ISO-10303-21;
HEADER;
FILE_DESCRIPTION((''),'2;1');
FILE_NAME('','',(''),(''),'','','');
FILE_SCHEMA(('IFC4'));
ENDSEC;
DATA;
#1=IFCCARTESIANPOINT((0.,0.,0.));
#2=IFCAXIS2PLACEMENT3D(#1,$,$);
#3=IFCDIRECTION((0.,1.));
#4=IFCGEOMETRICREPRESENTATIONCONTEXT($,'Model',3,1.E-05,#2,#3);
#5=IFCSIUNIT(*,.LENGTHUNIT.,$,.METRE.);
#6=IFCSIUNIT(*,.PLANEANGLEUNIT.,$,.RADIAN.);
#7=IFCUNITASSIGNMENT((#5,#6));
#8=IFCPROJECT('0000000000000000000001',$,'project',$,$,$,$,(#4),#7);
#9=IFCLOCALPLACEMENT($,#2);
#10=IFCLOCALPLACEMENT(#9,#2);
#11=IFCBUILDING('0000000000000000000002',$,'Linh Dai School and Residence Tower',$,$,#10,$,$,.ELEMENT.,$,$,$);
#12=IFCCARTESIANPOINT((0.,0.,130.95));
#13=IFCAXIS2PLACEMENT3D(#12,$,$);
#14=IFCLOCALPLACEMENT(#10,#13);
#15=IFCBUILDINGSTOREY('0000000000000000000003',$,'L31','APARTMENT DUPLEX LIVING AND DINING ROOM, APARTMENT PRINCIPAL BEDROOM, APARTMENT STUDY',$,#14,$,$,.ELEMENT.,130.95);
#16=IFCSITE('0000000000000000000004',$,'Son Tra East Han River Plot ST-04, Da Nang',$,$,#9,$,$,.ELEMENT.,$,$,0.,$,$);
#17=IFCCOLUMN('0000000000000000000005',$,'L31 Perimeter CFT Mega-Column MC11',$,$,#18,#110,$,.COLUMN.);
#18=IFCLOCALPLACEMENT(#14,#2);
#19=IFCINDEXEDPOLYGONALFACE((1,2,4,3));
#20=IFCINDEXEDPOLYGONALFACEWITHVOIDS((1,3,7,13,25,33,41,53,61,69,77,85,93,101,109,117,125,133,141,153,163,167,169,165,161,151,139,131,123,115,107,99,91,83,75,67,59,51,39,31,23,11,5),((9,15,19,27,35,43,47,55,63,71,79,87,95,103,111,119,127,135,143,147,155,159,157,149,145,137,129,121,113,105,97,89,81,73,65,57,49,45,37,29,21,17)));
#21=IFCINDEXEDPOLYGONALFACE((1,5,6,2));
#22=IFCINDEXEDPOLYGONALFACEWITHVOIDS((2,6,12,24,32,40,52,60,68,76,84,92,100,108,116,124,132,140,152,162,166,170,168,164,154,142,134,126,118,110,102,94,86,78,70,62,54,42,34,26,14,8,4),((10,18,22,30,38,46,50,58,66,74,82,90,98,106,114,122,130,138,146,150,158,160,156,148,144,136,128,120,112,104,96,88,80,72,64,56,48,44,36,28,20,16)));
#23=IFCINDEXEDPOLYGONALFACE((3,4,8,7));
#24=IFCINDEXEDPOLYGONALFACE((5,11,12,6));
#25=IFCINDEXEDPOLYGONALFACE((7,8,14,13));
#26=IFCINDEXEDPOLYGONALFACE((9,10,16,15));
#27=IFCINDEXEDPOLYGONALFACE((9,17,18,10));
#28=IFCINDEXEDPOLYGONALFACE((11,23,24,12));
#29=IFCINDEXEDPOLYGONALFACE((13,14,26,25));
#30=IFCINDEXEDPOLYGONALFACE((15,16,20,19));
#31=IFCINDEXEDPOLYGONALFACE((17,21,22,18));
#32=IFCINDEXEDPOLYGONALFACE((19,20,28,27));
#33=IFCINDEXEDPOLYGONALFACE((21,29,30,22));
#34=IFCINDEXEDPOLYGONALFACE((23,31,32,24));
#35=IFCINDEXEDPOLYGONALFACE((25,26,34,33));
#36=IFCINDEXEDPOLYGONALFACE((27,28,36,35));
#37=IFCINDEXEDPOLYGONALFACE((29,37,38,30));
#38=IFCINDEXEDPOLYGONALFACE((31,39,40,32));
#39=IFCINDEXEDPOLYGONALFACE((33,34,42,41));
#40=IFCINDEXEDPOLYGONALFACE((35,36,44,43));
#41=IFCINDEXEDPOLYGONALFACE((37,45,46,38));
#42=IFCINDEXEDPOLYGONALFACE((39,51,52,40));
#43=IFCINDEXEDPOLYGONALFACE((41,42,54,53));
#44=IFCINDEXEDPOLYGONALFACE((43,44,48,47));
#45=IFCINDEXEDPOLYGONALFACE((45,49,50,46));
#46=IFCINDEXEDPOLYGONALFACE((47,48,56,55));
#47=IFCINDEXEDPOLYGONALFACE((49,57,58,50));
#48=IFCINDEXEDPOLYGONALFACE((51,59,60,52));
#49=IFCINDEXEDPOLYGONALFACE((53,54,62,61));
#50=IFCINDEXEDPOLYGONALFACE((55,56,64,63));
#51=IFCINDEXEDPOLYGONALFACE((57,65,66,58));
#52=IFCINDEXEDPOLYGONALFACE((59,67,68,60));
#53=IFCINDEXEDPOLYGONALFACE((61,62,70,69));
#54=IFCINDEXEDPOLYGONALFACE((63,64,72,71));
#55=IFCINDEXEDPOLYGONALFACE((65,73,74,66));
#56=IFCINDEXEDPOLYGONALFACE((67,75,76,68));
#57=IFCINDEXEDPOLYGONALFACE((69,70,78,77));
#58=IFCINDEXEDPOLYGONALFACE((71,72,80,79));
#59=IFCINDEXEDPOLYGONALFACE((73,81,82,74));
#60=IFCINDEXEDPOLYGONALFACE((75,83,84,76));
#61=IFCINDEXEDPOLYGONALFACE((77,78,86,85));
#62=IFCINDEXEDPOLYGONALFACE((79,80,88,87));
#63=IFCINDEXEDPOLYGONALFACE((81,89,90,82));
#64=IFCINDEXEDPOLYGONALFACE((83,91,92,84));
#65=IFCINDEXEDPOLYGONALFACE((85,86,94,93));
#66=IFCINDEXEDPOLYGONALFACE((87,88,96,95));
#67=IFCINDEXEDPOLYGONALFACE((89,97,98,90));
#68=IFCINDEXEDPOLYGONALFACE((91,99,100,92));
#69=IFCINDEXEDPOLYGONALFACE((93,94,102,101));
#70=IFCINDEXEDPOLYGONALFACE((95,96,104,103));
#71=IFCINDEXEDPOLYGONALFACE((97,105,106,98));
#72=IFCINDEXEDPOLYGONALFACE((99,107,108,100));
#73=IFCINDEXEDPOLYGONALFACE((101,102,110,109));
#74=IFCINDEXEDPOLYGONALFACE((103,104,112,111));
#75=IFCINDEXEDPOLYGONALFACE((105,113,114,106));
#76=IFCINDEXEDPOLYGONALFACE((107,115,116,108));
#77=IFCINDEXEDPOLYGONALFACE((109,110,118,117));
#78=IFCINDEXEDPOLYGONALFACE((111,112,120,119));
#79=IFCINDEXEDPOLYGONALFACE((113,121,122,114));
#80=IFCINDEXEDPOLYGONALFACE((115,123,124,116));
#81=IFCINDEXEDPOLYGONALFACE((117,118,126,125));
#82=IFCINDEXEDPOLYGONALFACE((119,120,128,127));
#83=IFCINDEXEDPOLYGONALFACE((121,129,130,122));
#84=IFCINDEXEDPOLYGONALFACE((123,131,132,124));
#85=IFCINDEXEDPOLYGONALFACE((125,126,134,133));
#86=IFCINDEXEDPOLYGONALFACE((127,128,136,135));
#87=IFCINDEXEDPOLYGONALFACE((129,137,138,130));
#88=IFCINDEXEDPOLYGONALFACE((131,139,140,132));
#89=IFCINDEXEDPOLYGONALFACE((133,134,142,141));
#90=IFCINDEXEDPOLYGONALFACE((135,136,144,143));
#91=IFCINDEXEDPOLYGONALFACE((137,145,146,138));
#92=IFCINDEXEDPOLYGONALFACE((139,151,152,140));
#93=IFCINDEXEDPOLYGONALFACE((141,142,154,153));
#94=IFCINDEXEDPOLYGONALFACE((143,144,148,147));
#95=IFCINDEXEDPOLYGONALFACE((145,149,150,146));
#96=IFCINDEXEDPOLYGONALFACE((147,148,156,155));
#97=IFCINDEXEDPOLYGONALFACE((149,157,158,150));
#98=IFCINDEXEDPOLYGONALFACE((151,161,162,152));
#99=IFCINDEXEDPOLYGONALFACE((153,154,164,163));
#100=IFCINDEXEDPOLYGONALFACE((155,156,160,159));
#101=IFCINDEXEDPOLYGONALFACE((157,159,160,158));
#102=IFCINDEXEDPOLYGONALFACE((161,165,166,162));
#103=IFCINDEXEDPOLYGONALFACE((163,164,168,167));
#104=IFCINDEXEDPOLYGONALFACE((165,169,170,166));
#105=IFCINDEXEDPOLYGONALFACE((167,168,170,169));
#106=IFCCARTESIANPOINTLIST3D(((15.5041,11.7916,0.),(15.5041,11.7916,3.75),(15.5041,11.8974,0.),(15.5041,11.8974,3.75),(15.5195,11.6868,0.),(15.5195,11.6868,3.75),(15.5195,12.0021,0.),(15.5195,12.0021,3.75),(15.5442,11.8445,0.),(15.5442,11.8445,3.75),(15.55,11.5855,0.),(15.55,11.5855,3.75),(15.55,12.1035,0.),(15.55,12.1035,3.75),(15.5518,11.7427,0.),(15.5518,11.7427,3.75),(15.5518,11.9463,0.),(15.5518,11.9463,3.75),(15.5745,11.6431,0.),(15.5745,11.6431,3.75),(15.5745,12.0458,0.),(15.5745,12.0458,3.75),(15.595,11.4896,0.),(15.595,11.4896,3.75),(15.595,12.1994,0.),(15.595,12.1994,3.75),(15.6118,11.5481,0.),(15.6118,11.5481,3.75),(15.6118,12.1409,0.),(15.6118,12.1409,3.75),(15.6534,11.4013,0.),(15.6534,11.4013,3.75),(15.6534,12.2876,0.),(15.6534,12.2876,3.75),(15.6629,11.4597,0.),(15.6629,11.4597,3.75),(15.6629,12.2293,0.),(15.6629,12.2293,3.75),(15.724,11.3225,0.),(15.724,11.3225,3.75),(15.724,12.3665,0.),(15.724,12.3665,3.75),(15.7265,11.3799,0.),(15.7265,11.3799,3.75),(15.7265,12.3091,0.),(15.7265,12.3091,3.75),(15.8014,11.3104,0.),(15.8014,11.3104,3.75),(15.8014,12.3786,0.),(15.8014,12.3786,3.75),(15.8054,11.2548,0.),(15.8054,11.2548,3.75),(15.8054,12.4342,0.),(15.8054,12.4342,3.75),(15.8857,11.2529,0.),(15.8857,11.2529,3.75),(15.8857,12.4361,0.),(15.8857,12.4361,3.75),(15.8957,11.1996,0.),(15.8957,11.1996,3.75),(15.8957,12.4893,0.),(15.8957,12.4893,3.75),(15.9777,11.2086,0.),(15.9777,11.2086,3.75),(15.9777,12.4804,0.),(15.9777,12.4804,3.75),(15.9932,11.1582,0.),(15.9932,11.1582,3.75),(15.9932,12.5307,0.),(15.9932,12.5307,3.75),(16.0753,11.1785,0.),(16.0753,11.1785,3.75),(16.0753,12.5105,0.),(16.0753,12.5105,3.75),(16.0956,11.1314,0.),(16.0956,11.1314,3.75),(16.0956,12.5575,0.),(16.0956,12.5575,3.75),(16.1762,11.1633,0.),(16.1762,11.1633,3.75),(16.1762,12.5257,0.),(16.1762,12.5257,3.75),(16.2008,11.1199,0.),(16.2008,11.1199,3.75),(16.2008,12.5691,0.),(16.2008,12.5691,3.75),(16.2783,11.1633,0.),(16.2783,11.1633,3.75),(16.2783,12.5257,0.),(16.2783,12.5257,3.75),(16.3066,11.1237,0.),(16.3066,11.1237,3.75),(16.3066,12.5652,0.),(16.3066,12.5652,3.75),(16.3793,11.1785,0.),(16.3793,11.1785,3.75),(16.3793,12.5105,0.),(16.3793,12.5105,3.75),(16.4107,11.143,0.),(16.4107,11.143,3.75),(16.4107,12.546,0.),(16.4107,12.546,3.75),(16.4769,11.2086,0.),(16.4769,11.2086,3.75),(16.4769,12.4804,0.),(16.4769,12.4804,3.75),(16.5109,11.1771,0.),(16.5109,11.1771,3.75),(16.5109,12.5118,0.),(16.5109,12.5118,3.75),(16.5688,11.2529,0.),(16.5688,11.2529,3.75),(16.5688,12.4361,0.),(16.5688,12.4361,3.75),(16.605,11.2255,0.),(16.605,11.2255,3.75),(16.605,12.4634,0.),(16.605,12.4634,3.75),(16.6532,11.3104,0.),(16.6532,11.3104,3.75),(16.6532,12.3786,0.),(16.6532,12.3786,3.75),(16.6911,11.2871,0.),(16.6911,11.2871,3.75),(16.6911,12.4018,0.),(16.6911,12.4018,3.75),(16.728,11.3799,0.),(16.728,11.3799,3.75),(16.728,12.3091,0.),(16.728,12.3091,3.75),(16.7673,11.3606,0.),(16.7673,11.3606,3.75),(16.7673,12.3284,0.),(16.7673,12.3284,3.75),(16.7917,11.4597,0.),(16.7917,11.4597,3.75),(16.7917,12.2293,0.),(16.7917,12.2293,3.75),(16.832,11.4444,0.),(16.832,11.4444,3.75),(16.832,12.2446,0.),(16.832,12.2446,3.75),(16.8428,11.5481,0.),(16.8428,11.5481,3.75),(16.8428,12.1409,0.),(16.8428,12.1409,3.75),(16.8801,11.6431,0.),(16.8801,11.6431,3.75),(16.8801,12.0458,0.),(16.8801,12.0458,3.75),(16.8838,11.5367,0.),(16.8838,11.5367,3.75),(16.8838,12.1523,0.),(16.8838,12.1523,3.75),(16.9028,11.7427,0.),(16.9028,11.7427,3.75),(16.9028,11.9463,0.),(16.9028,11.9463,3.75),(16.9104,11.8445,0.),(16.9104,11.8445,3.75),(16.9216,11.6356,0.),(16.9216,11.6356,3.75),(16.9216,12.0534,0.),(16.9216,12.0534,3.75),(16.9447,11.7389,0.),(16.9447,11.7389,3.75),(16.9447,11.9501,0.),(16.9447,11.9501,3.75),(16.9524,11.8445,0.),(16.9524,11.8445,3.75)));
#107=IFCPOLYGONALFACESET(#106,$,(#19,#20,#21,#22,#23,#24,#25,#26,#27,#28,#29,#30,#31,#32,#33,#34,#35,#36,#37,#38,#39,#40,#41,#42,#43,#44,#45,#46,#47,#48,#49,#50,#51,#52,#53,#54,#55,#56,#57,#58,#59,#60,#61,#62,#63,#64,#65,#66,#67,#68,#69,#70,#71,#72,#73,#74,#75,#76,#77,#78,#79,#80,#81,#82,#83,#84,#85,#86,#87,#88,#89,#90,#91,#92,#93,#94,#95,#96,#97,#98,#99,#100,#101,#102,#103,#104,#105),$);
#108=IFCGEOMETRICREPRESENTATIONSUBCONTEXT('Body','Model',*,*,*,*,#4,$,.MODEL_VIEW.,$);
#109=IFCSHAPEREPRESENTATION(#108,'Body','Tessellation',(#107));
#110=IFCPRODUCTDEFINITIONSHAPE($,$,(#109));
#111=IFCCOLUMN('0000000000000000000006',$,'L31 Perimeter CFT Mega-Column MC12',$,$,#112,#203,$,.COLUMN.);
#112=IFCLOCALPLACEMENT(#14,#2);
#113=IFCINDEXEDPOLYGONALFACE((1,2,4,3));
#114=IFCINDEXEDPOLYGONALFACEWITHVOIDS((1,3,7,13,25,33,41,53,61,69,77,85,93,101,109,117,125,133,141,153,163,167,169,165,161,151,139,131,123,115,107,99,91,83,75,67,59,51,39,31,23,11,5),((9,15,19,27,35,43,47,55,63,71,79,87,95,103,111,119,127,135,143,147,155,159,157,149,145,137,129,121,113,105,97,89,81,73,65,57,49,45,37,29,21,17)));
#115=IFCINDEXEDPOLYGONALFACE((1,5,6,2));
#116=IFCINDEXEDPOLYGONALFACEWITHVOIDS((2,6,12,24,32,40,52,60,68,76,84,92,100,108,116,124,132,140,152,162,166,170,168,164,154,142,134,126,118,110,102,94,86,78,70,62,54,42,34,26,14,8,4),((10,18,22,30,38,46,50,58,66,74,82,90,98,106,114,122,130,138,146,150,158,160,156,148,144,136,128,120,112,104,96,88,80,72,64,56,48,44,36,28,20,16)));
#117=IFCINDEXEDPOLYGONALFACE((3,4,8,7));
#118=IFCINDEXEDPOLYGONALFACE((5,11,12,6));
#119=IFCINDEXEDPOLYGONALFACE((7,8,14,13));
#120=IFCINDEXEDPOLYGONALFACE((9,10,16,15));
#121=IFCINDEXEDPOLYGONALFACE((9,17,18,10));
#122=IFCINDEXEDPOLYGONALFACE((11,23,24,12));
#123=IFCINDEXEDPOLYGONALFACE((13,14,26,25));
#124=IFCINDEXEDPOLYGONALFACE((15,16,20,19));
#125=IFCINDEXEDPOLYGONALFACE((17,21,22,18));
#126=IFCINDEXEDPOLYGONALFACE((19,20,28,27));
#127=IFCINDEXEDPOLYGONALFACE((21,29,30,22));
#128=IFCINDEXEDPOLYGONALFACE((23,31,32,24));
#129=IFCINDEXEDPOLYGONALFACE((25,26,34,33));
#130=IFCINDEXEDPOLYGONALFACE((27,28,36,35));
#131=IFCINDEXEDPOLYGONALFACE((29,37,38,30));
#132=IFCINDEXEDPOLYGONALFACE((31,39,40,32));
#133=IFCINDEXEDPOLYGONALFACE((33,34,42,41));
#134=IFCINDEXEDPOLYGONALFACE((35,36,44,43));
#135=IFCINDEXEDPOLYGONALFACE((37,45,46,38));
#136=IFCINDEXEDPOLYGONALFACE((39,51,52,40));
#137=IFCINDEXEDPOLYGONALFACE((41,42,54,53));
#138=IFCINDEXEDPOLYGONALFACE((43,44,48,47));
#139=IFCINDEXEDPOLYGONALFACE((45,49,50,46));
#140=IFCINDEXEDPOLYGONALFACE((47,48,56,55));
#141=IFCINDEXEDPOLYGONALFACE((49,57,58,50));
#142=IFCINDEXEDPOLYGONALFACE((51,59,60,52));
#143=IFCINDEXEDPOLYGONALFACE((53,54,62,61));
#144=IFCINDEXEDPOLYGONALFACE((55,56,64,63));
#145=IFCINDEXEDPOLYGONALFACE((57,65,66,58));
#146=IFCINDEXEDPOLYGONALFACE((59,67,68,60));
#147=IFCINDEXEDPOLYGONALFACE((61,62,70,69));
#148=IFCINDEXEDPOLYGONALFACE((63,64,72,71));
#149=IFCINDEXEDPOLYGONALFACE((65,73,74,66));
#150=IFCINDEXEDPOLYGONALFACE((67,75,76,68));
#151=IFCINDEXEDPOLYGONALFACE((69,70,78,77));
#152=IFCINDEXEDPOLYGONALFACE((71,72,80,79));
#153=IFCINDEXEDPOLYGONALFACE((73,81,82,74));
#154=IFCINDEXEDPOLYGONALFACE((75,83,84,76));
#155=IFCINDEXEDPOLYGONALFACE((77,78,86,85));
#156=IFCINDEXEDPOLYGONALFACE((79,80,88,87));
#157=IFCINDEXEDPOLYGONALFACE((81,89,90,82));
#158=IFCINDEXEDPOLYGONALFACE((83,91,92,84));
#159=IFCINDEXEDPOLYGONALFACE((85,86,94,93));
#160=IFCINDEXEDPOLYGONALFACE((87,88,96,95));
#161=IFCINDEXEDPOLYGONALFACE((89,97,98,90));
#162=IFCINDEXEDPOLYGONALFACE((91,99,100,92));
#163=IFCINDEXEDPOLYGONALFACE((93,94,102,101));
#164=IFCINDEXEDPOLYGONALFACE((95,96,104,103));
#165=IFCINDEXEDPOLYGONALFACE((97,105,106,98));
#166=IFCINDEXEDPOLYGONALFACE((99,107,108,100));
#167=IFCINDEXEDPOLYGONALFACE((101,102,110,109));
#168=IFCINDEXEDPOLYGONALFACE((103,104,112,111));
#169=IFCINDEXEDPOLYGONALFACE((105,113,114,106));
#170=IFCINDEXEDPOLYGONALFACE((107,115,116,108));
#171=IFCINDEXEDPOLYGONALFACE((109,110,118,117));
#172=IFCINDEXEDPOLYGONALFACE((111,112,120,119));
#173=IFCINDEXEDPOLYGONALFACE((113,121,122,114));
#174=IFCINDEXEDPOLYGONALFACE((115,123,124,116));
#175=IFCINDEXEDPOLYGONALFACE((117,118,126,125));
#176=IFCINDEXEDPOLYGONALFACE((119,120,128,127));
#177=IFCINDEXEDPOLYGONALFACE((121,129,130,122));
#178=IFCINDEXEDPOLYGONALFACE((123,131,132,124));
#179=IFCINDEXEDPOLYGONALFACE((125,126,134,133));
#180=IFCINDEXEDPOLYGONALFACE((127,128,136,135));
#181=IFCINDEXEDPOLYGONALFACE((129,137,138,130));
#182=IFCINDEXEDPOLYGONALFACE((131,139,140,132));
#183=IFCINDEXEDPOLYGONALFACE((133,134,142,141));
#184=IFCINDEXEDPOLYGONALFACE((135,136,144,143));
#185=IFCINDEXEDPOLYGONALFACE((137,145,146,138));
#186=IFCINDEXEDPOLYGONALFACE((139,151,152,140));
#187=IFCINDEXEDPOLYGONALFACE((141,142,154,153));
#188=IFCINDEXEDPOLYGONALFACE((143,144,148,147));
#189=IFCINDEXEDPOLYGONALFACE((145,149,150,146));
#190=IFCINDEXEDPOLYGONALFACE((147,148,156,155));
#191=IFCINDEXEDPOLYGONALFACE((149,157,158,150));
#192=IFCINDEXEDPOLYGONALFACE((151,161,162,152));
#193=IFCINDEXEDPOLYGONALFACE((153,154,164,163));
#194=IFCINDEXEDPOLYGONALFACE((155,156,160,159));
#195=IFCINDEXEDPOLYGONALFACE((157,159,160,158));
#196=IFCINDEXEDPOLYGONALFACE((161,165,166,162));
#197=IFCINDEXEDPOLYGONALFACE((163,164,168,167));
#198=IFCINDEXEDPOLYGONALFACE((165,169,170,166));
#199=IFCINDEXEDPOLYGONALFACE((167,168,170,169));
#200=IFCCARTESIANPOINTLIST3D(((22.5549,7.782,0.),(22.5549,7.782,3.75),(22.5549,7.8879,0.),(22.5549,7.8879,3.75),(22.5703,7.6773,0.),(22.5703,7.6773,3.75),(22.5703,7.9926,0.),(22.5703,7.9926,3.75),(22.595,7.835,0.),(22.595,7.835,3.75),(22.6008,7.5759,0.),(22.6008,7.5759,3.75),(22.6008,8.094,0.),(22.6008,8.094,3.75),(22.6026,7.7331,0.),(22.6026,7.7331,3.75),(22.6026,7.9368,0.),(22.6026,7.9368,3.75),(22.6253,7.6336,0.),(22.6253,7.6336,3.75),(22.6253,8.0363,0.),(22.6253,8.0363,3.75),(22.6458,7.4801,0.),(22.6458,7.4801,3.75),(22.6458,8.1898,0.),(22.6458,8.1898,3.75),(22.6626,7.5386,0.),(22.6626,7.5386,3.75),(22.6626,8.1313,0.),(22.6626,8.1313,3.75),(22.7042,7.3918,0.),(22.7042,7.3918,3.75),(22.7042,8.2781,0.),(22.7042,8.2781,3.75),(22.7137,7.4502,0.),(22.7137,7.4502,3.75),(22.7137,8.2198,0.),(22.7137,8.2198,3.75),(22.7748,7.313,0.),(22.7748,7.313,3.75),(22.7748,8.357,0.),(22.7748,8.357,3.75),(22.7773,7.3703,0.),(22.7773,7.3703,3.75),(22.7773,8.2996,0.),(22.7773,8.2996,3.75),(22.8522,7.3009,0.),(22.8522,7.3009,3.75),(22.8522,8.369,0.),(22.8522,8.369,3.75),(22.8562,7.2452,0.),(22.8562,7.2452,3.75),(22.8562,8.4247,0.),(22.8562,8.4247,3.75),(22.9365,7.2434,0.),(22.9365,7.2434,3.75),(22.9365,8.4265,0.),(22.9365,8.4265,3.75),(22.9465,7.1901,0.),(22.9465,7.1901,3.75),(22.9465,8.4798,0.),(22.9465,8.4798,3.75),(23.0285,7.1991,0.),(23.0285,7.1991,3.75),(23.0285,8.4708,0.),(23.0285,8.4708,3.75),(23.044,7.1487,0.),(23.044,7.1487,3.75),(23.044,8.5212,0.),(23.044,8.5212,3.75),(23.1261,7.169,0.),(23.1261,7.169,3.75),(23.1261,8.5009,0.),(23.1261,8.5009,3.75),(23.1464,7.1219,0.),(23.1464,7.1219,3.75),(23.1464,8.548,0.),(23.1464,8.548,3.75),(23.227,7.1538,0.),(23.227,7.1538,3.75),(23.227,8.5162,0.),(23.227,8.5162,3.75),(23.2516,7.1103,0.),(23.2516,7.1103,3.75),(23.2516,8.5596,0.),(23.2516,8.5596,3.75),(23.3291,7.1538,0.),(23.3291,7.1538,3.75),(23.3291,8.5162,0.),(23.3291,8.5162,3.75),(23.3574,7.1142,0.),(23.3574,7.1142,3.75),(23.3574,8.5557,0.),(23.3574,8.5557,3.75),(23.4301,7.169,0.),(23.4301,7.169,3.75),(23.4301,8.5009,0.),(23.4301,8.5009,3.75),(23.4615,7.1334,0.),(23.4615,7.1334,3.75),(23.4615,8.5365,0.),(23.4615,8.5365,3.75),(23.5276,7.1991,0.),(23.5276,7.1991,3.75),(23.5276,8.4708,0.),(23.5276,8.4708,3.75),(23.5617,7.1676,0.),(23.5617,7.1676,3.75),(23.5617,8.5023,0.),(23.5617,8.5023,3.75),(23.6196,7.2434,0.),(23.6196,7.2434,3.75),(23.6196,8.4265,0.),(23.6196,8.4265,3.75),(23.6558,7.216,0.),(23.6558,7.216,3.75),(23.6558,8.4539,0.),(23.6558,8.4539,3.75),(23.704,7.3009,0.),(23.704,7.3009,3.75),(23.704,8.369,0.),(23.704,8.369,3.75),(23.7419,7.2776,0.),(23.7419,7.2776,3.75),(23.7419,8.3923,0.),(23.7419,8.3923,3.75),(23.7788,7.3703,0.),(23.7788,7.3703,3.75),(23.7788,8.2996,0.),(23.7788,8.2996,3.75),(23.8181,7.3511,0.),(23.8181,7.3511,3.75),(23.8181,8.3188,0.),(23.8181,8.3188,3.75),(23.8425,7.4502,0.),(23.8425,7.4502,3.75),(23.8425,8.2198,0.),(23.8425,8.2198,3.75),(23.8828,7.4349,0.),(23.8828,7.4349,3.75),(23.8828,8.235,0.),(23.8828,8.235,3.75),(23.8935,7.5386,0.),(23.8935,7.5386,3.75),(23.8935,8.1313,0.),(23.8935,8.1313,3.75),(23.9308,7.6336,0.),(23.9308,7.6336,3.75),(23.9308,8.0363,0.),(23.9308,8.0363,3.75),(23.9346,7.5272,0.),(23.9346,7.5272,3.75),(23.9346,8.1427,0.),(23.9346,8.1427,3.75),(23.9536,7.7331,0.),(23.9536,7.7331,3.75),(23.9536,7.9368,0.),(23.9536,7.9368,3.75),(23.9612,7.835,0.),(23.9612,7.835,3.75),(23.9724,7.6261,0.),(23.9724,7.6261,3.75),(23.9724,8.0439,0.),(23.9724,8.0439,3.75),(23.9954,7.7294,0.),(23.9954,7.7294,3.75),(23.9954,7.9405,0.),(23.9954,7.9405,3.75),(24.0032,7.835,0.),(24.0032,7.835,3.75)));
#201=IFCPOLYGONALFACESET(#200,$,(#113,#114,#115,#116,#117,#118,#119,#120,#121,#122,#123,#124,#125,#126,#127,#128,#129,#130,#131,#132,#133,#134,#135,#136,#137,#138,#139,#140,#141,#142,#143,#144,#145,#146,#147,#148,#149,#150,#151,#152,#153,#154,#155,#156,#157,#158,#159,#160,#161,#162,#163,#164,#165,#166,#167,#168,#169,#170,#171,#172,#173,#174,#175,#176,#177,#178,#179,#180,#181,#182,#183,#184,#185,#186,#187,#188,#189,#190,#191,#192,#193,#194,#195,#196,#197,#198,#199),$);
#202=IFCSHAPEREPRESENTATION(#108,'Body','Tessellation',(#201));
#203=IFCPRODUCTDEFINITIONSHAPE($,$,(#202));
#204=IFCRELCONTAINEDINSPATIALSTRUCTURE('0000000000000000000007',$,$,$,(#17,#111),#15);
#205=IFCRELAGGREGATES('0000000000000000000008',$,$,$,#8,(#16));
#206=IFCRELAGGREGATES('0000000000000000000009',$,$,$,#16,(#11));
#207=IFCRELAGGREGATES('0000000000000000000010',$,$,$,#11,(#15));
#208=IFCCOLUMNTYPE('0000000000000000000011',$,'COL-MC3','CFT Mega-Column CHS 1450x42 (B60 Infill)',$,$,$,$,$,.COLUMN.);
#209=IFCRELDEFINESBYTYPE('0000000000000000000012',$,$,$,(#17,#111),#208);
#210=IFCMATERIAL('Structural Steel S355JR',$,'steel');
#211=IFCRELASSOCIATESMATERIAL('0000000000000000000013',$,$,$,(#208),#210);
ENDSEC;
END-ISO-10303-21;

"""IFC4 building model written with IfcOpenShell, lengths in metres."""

from ifc_helpers import new_model, si_unit, direction, frame, origin, origin_2d, place, context, subcontext, project, spatial, hollow_circle, extrude, material, material_profile, profile_set, type_object, element, save


model = new_model("IFC4")

# Units and contexts
model_context = context("Model", 3, precision=1e-05, world=origin(), true_north=direction((0.0, 1.0)))
body_context = subcontext(model_context, "Body", "Model", "MODEL_VIEW")
ifc_project = project(units=[si_unit("LENGTHUNIT", "METRE"), si_unit("PLANEANGLEUNIT", "RADIAN")], contexts=[model_context])

# Site, building, storey
site_placement = place(None, origin())
site = spatial("IfcSite", under=ifc_project, at=site_placement, Name="Son Tra East Han River Plot ST-04, Da Nang", CompositionType="ELEMENT", RefElevation=0.0)
building_placement = place(site_placement, origin())
building = spatial("IfcBuilding", under=site, at=building_placement, Name="Linh Dai School and Residence Tower", CompositionType="ELEMENT")
storey_placement = place(building_placement, frame((0.0, 0.0, 130.95)))
storey = spatial("IfcBuildingStorey", under=building, at=storey_placement, Name="L31", Description="APARTMENT DUPLEX LIVING AND DINING ROOM, APARTMENT PRINCIPAL BEDROOM, APARTMENT STUDY", CompositionType="ELEMENT", Elevation=130.95)

# Columns
ifc_material_1 = material(Name="Structural Steel S355JR", Category="steel")
ifc_material_profile_1 = material_profile(ifc_material_1, hollow_circle(Radius=0.7251, WallThickness=0.042, at=origin_2d()), Name="CHS 1450x42")
ifc_profile_set_1 = profile_set([ifc_material_profile_1], Name="Structural Steel S355JR")
column_type = type_object("IfcColumnType", Name="COL-MC3", Description="CFT Mega-Column CHS 1450x42 (B60 Infill)", PredefinedType="COLUMN", material=ifc_profile_set_1)
for number, where, z_axis, x_axis, name in (
    (1, (16.2273, 11.8445, 0.0), (0.0, 0.0, 1.0), (1.0, 0.0, 0.0), "L31 Perimeter CFT Mega-Column MC11"),
    (2, (23.2781, 7.835, 0.0), (0.0, 0.0, 1.0), (1.0, 0.0, 0.0), "L31 Perimeter CFT Mega-Column MC12"),
):
    element("IfcColumn", number, at=place(storey_placement, frame(where, z_axis=z_axis, x_axis=x_axis)), inside=storey, type_object=column_type, Name=name, PredefinedType="COLUMN", context=body_context, shape_type="SweptSolid", body=[
        extrude(hollow_circle(Radius=0.7251, WallThickness=0.042, at=origin_2d()), origin(), (0.0, 0.0, 1.0), 3.75),
    ])

save(model, "model.ifc")
